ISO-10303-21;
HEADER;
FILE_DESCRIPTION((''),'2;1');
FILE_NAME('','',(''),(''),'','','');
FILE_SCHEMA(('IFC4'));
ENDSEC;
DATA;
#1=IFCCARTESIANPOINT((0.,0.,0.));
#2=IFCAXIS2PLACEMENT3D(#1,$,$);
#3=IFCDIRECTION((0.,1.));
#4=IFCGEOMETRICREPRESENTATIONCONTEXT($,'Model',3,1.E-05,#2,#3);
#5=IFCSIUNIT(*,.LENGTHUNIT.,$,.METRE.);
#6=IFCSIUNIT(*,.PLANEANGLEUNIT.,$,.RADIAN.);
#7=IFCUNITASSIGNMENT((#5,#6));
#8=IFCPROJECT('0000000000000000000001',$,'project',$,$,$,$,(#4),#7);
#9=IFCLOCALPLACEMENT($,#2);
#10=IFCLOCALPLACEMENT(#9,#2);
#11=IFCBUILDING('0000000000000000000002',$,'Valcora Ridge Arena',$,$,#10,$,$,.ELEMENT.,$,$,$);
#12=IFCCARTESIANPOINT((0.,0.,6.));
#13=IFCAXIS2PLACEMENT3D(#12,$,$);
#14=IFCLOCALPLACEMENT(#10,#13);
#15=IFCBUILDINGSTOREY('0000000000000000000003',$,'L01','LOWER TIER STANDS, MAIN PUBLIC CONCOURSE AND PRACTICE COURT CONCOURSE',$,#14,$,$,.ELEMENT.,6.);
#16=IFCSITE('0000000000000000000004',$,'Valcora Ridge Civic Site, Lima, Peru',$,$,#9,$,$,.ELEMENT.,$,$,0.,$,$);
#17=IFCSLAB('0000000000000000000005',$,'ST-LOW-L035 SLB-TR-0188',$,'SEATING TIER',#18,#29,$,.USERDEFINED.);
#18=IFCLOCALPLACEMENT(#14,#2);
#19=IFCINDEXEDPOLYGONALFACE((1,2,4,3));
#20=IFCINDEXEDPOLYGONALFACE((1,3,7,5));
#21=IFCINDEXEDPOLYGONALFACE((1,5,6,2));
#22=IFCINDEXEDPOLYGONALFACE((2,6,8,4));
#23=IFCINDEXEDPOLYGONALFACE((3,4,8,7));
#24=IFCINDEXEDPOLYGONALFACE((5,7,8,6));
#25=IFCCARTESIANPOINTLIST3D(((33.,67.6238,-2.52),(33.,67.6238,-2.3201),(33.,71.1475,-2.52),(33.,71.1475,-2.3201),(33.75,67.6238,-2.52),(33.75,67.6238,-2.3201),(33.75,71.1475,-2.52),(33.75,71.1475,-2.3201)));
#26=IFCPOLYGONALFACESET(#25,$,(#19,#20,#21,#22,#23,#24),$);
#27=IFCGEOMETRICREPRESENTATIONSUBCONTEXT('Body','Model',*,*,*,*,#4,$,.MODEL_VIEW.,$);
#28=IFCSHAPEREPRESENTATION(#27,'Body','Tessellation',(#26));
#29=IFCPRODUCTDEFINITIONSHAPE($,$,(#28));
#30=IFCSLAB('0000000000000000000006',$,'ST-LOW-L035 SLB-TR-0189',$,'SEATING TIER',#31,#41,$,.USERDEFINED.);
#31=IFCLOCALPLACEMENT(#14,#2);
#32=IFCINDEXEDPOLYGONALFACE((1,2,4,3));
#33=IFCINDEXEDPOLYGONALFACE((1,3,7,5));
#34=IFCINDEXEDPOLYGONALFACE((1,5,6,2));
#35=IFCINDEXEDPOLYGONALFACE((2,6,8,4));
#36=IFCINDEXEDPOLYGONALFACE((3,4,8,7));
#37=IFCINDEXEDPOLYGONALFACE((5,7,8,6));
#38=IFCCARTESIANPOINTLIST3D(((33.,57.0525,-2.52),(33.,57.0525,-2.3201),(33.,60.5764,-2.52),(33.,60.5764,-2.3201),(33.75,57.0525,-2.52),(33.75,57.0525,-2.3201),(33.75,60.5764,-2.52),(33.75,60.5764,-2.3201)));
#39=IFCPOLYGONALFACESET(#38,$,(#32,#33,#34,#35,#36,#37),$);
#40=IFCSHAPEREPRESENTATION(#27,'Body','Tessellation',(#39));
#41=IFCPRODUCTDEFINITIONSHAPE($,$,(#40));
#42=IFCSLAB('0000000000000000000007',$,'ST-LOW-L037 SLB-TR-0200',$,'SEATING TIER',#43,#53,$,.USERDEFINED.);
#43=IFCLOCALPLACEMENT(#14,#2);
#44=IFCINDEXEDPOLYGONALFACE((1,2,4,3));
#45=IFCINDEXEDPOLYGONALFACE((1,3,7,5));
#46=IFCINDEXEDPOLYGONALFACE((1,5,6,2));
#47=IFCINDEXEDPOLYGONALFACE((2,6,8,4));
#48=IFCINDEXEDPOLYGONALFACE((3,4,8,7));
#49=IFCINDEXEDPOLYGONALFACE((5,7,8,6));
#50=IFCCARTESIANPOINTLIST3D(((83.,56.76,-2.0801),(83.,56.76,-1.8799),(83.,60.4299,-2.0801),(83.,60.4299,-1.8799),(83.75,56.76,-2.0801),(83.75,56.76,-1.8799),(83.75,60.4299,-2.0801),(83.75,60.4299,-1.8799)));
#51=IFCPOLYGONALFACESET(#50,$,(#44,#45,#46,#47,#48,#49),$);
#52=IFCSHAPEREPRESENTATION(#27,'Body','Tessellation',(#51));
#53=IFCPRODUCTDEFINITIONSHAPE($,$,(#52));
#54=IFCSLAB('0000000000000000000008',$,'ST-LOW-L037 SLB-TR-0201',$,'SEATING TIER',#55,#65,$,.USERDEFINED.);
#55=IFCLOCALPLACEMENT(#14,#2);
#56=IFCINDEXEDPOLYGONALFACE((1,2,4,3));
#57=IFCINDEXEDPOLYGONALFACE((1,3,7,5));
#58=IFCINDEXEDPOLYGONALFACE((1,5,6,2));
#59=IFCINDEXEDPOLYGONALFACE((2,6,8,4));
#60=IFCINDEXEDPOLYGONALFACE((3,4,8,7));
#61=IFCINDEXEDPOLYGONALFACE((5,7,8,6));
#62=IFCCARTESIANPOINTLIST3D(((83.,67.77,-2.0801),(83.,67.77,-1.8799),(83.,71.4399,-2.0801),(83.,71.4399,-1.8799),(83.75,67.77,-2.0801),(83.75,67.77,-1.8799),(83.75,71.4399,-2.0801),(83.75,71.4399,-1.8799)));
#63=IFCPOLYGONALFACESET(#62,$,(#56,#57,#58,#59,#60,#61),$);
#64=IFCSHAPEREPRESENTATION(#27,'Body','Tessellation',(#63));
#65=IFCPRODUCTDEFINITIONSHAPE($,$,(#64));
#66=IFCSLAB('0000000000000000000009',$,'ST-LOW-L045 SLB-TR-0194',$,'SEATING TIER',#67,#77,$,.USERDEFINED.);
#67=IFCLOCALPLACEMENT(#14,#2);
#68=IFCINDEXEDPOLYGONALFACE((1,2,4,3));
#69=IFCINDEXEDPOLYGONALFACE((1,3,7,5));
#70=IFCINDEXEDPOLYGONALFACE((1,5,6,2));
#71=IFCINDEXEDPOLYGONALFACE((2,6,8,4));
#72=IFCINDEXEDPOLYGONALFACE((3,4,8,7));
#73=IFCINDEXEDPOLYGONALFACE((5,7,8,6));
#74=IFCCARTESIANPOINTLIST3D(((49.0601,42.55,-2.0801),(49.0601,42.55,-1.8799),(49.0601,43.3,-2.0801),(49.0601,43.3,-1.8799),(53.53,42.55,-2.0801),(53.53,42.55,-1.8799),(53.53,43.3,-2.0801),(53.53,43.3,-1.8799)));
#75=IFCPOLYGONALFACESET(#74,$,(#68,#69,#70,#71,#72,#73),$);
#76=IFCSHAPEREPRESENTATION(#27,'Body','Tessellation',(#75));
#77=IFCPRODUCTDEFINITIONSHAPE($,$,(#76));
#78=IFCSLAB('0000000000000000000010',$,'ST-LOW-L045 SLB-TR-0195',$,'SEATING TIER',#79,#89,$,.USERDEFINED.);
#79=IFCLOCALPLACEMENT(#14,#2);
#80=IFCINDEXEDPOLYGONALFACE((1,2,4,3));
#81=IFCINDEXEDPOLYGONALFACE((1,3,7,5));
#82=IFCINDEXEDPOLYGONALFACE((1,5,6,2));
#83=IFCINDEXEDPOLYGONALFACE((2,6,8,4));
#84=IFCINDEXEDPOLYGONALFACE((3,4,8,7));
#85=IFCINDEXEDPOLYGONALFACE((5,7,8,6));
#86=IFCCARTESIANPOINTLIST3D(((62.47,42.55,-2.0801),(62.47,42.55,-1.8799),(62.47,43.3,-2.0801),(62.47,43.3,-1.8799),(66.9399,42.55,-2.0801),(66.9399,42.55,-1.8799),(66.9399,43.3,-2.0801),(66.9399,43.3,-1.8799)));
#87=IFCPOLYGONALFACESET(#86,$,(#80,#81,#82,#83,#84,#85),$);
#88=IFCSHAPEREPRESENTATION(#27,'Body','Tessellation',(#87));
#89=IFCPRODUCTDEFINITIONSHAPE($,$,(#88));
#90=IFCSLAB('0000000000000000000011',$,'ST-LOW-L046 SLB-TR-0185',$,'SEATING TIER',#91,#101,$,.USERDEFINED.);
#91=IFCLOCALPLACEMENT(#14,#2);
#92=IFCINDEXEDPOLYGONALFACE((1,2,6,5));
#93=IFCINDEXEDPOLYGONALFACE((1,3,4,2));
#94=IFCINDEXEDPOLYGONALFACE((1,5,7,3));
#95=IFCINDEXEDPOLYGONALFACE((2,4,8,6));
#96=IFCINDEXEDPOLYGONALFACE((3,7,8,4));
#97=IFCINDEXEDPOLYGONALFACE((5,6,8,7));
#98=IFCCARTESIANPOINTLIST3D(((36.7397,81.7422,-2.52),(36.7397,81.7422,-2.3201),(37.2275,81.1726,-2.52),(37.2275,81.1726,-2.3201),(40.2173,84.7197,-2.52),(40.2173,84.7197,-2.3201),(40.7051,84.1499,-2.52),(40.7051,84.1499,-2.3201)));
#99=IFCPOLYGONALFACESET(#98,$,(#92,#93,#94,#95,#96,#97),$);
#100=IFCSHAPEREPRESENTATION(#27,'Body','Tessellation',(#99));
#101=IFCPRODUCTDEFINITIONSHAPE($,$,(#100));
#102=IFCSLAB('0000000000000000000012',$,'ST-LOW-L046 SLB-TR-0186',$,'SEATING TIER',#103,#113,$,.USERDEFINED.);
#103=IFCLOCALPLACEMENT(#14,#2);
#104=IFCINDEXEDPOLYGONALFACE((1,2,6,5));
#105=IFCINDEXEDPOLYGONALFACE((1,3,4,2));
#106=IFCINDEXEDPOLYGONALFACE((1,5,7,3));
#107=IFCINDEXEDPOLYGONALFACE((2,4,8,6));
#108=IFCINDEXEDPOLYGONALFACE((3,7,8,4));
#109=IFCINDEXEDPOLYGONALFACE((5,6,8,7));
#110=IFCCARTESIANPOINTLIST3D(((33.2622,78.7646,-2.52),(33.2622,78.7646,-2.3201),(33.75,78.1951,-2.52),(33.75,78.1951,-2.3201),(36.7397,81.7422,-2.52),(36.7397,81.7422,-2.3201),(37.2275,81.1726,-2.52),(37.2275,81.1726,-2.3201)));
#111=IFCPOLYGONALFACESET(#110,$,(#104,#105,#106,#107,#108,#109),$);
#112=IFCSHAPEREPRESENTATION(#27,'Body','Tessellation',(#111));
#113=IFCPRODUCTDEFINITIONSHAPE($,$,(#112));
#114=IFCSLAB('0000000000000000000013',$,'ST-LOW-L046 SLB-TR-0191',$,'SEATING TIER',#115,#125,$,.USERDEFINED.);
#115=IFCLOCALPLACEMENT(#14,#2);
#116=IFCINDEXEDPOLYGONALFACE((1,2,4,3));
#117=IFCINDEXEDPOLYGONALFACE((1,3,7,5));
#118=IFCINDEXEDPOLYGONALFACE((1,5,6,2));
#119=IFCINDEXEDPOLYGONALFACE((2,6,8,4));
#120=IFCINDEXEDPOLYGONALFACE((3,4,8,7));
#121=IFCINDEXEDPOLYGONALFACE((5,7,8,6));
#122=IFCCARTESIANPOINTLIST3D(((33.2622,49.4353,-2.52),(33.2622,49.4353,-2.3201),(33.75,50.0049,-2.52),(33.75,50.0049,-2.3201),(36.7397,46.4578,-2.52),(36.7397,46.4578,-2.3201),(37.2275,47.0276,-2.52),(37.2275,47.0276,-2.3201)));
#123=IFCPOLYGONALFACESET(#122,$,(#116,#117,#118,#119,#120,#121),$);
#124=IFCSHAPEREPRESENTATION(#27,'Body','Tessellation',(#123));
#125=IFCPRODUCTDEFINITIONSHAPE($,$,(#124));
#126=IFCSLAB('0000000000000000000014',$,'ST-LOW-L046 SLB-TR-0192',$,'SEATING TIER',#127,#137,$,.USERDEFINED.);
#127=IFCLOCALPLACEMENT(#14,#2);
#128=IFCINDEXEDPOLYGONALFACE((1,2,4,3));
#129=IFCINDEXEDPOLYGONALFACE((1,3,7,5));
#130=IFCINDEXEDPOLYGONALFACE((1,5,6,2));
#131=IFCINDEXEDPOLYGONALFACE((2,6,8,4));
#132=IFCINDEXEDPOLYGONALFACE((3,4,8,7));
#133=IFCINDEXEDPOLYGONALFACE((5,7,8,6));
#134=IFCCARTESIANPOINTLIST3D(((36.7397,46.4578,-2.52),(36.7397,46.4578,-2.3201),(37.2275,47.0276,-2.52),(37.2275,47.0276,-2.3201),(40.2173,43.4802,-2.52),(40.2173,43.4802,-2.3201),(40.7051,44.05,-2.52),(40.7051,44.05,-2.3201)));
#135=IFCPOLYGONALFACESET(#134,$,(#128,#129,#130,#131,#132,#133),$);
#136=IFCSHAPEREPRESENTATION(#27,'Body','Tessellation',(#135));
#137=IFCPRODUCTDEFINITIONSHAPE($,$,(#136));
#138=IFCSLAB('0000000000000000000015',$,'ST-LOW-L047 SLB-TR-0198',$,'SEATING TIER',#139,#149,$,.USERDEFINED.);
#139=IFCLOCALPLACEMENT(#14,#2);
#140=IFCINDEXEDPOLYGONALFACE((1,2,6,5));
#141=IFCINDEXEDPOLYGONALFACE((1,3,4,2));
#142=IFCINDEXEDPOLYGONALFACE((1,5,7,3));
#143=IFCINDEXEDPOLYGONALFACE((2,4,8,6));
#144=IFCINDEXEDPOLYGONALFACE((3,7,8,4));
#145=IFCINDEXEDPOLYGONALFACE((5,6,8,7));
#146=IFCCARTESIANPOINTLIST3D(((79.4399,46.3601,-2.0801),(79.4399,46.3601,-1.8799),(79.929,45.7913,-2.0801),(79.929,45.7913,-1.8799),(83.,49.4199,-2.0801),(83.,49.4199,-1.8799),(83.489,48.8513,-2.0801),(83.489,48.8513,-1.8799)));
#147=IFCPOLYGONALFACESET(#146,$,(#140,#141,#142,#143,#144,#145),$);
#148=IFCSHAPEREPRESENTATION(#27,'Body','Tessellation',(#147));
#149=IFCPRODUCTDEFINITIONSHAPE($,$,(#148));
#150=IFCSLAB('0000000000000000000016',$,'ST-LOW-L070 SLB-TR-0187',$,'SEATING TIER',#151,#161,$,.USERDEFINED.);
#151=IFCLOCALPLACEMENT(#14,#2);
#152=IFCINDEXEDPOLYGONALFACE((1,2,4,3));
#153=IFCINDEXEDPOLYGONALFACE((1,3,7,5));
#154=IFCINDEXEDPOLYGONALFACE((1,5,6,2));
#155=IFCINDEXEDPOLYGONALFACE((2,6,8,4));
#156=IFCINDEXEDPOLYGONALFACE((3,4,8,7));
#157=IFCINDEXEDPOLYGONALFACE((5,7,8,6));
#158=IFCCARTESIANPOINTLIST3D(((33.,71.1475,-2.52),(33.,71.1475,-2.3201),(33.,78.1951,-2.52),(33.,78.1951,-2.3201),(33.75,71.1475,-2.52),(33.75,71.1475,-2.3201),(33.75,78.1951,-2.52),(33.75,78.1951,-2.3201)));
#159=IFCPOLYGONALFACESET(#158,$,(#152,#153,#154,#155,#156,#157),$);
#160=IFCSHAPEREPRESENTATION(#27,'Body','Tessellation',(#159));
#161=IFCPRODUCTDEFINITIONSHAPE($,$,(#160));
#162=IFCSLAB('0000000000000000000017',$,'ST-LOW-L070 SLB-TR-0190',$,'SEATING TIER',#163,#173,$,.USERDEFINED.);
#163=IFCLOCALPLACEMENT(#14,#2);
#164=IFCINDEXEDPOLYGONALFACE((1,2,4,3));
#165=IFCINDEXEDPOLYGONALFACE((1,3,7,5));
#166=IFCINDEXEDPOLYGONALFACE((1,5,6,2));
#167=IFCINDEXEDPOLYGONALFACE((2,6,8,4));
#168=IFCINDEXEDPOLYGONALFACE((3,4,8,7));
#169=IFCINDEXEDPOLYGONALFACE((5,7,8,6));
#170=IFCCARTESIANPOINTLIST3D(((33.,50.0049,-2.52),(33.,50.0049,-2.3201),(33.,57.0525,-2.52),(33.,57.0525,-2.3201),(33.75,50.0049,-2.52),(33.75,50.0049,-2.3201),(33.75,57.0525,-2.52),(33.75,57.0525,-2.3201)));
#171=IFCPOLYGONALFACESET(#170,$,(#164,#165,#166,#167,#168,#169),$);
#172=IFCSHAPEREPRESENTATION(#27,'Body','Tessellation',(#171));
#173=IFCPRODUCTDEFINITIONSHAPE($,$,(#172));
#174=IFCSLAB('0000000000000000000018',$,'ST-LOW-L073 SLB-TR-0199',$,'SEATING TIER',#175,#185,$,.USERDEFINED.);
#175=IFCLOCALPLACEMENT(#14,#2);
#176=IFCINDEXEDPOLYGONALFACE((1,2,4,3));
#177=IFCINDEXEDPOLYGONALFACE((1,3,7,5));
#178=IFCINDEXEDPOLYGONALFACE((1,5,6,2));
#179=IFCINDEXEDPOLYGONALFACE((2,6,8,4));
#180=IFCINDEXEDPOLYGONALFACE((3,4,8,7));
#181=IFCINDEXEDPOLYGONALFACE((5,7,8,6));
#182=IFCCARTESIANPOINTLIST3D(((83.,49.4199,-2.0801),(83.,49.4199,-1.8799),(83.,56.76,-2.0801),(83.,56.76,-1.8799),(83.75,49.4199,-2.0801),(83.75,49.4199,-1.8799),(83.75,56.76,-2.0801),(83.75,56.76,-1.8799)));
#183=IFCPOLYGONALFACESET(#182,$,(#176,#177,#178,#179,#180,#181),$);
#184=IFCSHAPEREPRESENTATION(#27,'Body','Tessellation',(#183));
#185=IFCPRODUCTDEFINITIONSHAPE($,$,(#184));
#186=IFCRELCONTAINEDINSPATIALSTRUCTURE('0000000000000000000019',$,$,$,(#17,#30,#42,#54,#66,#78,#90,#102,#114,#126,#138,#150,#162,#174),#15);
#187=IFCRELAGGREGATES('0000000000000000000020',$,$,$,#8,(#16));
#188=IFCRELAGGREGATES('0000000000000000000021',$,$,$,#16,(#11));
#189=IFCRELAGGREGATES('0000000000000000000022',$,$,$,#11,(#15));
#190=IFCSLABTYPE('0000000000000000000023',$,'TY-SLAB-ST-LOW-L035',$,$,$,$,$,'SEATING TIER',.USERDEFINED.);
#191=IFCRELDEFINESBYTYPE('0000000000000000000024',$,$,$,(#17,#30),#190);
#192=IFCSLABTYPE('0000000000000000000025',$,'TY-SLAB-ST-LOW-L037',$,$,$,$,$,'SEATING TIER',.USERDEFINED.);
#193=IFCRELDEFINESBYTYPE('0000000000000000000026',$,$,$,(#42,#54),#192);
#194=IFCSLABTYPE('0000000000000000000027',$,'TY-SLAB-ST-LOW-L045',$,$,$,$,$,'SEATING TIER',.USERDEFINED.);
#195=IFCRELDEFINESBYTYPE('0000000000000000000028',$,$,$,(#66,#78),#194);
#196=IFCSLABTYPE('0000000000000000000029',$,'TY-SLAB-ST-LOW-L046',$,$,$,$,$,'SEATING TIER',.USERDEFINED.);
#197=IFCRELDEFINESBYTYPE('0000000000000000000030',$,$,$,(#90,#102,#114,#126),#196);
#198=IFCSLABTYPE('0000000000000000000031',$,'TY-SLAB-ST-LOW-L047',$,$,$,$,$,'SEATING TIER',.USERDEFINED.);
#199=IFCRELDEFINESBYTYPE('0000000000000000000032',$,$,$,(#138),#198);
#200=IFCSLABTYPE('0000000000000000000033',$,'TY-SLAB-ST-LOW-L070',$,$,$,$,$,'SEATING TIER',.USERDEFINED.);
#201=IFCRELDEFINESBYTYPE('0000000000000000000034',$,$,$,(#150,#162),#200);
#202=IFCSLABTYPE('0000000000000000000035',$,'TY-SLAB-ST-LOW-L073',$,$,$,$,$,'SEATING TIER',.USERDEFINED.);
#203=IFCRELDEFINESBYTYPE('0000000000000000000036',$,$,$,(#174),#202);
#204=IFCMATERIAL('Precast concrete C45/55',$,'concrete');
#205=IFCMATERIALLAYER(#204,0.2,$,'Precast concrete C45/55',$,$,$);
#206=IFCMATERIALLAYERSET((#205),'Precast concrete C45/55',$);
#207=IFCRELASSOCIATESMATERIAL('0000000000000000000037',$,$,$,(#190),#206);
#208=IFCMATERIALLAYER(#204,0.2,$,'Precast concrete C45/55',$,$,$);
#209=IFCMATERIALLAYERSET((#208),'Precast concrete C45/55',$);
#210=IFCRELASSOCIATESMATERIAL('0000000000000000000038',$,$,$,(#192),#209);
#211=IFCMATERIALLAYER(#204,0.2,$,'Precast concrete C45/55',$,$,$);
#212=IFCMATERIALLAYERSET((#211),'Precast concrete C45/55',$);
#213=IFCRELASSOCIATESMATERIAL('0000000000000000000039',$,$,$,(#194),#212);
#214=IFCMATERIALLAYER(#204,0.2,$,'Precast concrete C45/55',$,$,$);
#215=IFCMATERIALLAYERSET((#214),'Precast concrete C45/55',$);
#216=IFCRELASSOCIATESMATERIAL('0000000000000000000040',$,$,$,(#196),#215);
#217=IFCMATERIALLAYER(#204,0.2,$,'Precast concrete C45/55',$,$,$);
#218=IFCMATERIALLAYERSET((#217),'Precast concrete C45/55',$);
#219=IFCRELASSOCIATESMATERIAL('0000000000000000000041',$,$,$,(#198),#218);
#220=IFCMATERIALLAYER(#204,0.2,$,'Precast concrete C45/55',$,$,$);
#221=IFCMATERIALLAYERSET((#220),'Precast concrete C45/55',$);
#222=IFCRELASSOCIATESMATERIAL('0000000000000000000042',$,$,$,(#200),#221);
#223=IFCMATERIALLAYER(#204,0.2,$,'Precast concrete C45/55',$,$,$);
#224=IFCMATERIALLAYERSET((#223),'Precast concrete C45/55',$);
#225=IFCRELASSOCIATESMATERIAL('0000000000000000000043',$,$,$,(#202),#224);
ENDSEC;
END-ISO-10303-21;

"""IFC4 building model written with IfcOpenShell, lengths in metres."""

from ifc_helpers import new_model, si_unit, direction, frame, origin, place, context, subcontext, project, spatial, polyline, outline, extrude, material, layer, layer_set, type_object, element, save


model = new_model("IFC4")

# Units and contexts
model_context = context("Model", 3, precision=1e-05, world=origin(), true_north=direction((0.0, 1.0)))
body_context = subcontext(model_context, "Body", "Model", "MODEL_VIEW")
ifc_project = project(units=[si_unit("LENGTHUNIT", "METRE"), si_unit("PLANEANGLEUNIT", "RADIAN")], contexts=[model_context])

# Site, building, storey
site_placement = place(None, origin())
site = spatial("IfcSite", under=ifc_project, at=site_placement, Name="Valcora Ridge Civic Site, Lima, Peru", CompositionType="ELEMENT", RefElevation=0.0)
building_placement = place(site_placement, origin())
building = spatial("IfcBuilding", under=site, at=building_placement, Name="Valcora Ridge Arena", CompositionType="ELEMENT")
storey_placement = place(building_placement, frame((0.0, 0.0, 6.0)))
storey = spatial("IfcBuildingStorey", under=building, at=storey_placement, Name="L01", Description="LOWER TIER STANDS, MAIN PUBLIC CONCOURSE AND PRACTICE COURT CONCOURSE", CompositionType="ELEMENT", Elevation=6.0)

# Slabs
ifc_material = material(Name="Precast concrete C45/55", Category="concrete")
ifc_layer_1 = layer(ifc_material, 0.2, Name="Precast concrete C45/55")
ifc_layer_set_1 = layer_set([ifc_layer_1], Name="Precast concrete C45/55")
slab_type_1 = type_object("IfcSlabType", Name="TY-SLAB-ST-LOW-L035", ElementType="SEATING TIER", PredefinedType="USERDEFINED", material=ifc_layer_set_1)
slab_1_placement = place(storey_placement, frame((0.0, 0.0, -2.52)))
element("IfcSlab", 1, at=slab_1_placement, inside=storey, type_object=slab_type_1, Name="ST-LOW-L035 SLB-TR-0188", ObjectType="SEATING TIER", PredefinedType="USERDEFINED", context=body_context, shape_type="SweptSolid", body=[
    extrude(outline(polyline([(33.75, 71.1475), (33.75, 67.6238), (33.0, 67.6238), (33.0, 71.1475), (33.75, 71.1475)])), origin(), (0.0, 0.0, 1.0), 0.2),
])
slab_2_placement = place(storey_placement, frame((0.0, 0.0, -2.52)))
element("IfcSlab", 2, at=slab_2_placement, inside=storey, type_object=slab_type_1, Name="ST-LOW-L035 SLB-TR-0189", ObjectType="SEATING TIER", PredefinedType="USERDEFINED", context=body_context, shape_type="SweptSolid", body=[
    extrude(outline(polyline([(33.75, 60.5764), (33.75, 57.0525), (33.0, 57.0525), (33.0, 60.5764), (33.75, 60.5764)])), origin(), (0.0, 0.0, 1.0), 0.2),
])
ifc_layer_2 = layer(ifc_material, 0.2, Name="Precast concrete C45/55")
ifc_layer_set_2 = layer_set([ifc_layer_2], Name="Precast concrete C45/55")
slab_type_2 = type_object("IfcSlabType", Name="TY-SLAB-ST-LOW-L037", ElementType="SEATING TIER", PredefinedType="USERDEFINED", material=ifc_layer_set_2)
slab_3_placement = place(storey_placement, frame((0.0, 0.0, -2.0801)))
element("IfcSlab", 3, at=slab_3_placement, inside=storey, type_object=slab_type_2, Name="ST-LOW-L037 SLB-TR-0200", ObjectType="SEATING TIER", PredefinedType="USERDEFINED", context=body_context, shape_type="SweptSolid", body=[
    extrude(outline(polyline([(83.0, 56.76), (83.0, 60.4299), (83.75, 60.4299), (83.75, 56.76), (83.0, 56.76)])), origin(), (0.0, 0.0, 1.0), 0.2002),
])
slab_4_placement = place(storey_placement, frame((0.0, 0.0, -2.0801)))
element("IfcSlab", 4, at=slab_4_placement, inside=storey, type_object=slab_type_2, Name="ST-LOW-L037 SLB-TR-0201", ObjectType="SEATING TIER", PredefinedType="USERDEFINED", context=body_context, shape_type="SweptSolid", body=[
    extrude(outline(polyline([(83.0, 67.77), (83.0, 71.4399), (83.75, 71.4399), (83.75, 67.77), (83.0, 67.77)])), origin(), (0.0, 0.0, 1.0), 0.2002),
])
ifc_layer_3 = layer(ifc_material, 0.2, Name="Precast concrete C45/55")
ifc_layer_set_3 = layer_set([ifc_layer_3], Name="Precast concrete C45/55")
slab_type_3 = type_object("IfcSlabType", Name="TY-SLAB-ST-LOW-L045", ElementType="SEATING TIER", PredefinedType="USERDEFINED", material=ifc_layer_set_3)
slab_5_placement = place(storey_placement, frame((0.0, 0.0, -2.0801)))
element("IfcSlab", 5, at=slab_5_placement, inside=storey, type_object=slab_type_3, Name="ST-LOW-L045 SLB-TR-0194", ObjectType="SEATING TIER", PredefinedType="USERDEFINED", context=body_context, shape_type="SweptSolid", body=[
    extrude(outline(polyline([(49.0601, 43.3), (53.53, 43.3), (53.53, 42.55), (49.0601, 42.55), (49.0601, 43.3)])), origin(), (0.0, 0.0, 1.0), 0.2002),
])
slab_6_placement = place(storey_placement, frame((0.0, 0.0, -2.0801)))
element("IfcSlab", 6, at=slab_6_placement, inside=storey, type_object=slab_type_3, Name="ST-LOW-L045 SLB-TR-0195", ObjectType="SEATING TIER", PredefinedType="USERDEFINED", context=body_context, shape_type="SweptSolid", body=[
    extrude(outline(polyline([(62.47, 43.3), (66.9399, 43.3), (66.9399, 42.55), (62.47, 42.55), (62.47, 43.3)])), origin(), (0.0, 0.0, 1.0), 0.2002),
])
ifc_layer_4 = layer(ifc_material, 0.2, Name="Precast concrete C45/55")
ifc_layer_set_4 = layer_set([ifc_layer_4], Name="Precast concrete C45/55")
slab_type_4 = type_object("IfcSlabType", Name="TY-SLAB-ST-LOW-L046", ElementType="SEATING TIER", PredefinedType="USERDEFINED", material=ifc_layer_set_4)
slab_7_placement = place(storey_placement, frame((0.0, 0.0, -2.52)))
element("IfcSlab", 7, at=slab_7_placement, inside=storey, type_object=slab_type_4, Name="ST-LOW-L046 SLB-TR-0185", ObjectType="SEATING TIER", PredefinedType="USERDEFINED", context=body_context, shape_type="SweptSolid", body=[
    extrude(outline(polyline([(40.7051, 84.1499), (37.2275, 81.1726), (36.7397, 81.7422), (40.2173, 84.7197), (40.7051, 84.1499)])), origin(), (0.0, 0.0, 1.0), 0.2),
])
slab_8_placement = place(storey_placement, frame((0.0, 0.0, -2.52)))
element("IfcSlab", 8, at=slab_8_placement, inside=storey, type_object=slab_type_4, Name="ST-LOW-L046 SLB-TR-0186", ObjectType="SEATING TIER", PredefinedType="USERDEFINED", context=body_context, shape_type="SweptSolid", body=[
    extrude(outline(polyline([(37.2275, 81.1726), (33.75, 78.1951), (33.2622, 78.7646), (36.7397, 81.7422), (37.2275, 81.1726)])), origin(), (0.0, 0.0, 1.0), 0.2),
])
slab_9_placement = place(storey_placement, frame((0.0, 0.0, -2.52)))
element("IfcSlab", 9, at=slab_9_placement, inside=storey, type_object=slab_type_4, Name="ST-LOW-L046 SLB-TR-0191", ObjectType="SEATING TIER", PredefinedType="USERDEFINED", context=body_context, shape_type="SweptSolid", body=[
    extrude(outline(polyline([(33.75, 50.0049), (37.2275, 47.0276), (36.7397, 46.4578), (33.2622, 49.4353), (33.75, 50.0049)])), origin(), (0.0, 0.0, 1.0), 0.2),
])
slab_10_placement = place(storey_placement, frame((0.0, 0.0, -2.52)))
element("IfcSlab", 10, at=slab_10_placement, inside=storey, type_object=slab_type_4, Name="ST-LOW-L046 SLB-TR-0192", ObjectType="SEATING TIER", PredefinedType="USERDEFINED", context=body_context, shape_type="SweptSolid", body=[
    extrude(outline(polyline([(37.2275, 47.0276), (40.7051, 44.05), (40.2173, 43.4802), (36.7397, 46.4578), (37.2275, 47.0276)])), origin(), (0.0, 0.0, 1.0), 0.2),
])
ifc_layer_5 = layer(ifc_material, 0.2, Name="Precast concrete C45/55")
ifc_layer_set_5 = layer_set([ifc_layer_5], Name="Precast concrete C45/55")
slab_type_5 = type_object("IfcSlabType", Name="TY-SLAB-ST-LOW-L047", ElementType="SEATING TIER", PredefinedType="USERDEFINED", material=ifc_layer_set_5)
slab_11_placement = place(storey_placement, frame((0.0, 0.0, -2.0801)))
element("IfcSlab", 11, at=slab_11_placement, inside=storey, type_object=slab_type_5, Name="ST-LOW-L047 SLB-TR-0198", ObjectType="SEATING TIER", PredefinedType="USERDEFINED", context=body_context, shape_type="SweptSolid", body=[
    extrude(outline(polyline([(79.4399, 46.3601), (83.0, 49.4199), (83.489, 48.8513), (79.929, 45.7913), (79.4399, 46.3601)])), origin(), (0.0, 0.0, 1.0), 0.2002),
])
ifc_layer_6 = layer(ifc_material, 0.2, Name="Precast concrete C45/55")
ifc_layer_set_6 = layer_set([ifc_layer_6], Name="Precast concrete C45/55")
slab_type_6 = type_object("IfcSlabType", Name="TY-SLAB-ST-LOW-L070", ElementType="SEATING TIER", PredefinedType="USERDEFINED", material=ifc_layer_set_6)
slab_12_placement = place(storey_placement, frame((0.0, 0.0, -2.52)))
element("IfcSlab", 12, at=slab_12_placement, inside=storey, type_object=slab_type_6, Name="ST-LOW-L070 SLB-TR-0187", ObjectType="SEATING TIER", PredefinedType="USERDEFINED", context=body_context, shape_type="SweptSolid", body=[
    extrude(outline(polyline([(33.75, 78.1951), (33.75, 71.1475), (33.0, 71.1475), (33.0, 78.1951), (33.75, 78.1951)])), origin(), (0.0, 0.0, 1.0), 0.2),
])
slab_13_placement = place(storey_placement, frame((0.0, 0.0, -2.52)))
element("IfcSlab", 13, at=slab_13_placement, inside=storey, type_object=slab_type_6, Name="ST-LOW-L070 SLB-TR-0190", ObjectType="SEATING TIER", PredefinedType="USERDEFINED", context=body_context, shape_type="SweptSolid", body=[
    extrude(outline(polyline([(33.75, 57.0525), (33.75, 50.0049), (33.0, 50.0049), (33.0, 57.0525), (33.75, 57.0525)])), origin(), (0.0, 0.0, 1.0), 0.2),
])
ifc_layer_7 = layer(ifc_material, 0.2, Name="Precast concrete C45/55")
ifc_layer_set_7 = layer_set([ifc_layer_7], Name="Precast concrete C45/55")
slab_type_7 = type_object("IfcSlabType", Name="TY-SLAB-ST-LOW-L073", ElementType="SEATING TIER", PredefinedType="USERDEFINED", material=ifc_layer_set_7)
slab_14_placement = place(storey_placement, frame((0.0, 0.0, -2.0801)))
element("IfcSlab", 14, at=slab_14_placement, inside=storey, type_object=slab_type_7, Name="ST-LOW-L073 SLB-TR-0199", ObjectType="SEATING TIER", PredefinedType="USERDEFINED", context=body_context, shape_type="SweptSolid", body=[
    extrude(outline(polyline([(83.0, 49.4199), (83.0, 56.76), (83.75, 56.76), (83.75, 49.4199), (83.0, 49.4199)])), origin(), (0.0, 0.0, 1.0), 0.2002),
])

save(model, "model.ifc")
